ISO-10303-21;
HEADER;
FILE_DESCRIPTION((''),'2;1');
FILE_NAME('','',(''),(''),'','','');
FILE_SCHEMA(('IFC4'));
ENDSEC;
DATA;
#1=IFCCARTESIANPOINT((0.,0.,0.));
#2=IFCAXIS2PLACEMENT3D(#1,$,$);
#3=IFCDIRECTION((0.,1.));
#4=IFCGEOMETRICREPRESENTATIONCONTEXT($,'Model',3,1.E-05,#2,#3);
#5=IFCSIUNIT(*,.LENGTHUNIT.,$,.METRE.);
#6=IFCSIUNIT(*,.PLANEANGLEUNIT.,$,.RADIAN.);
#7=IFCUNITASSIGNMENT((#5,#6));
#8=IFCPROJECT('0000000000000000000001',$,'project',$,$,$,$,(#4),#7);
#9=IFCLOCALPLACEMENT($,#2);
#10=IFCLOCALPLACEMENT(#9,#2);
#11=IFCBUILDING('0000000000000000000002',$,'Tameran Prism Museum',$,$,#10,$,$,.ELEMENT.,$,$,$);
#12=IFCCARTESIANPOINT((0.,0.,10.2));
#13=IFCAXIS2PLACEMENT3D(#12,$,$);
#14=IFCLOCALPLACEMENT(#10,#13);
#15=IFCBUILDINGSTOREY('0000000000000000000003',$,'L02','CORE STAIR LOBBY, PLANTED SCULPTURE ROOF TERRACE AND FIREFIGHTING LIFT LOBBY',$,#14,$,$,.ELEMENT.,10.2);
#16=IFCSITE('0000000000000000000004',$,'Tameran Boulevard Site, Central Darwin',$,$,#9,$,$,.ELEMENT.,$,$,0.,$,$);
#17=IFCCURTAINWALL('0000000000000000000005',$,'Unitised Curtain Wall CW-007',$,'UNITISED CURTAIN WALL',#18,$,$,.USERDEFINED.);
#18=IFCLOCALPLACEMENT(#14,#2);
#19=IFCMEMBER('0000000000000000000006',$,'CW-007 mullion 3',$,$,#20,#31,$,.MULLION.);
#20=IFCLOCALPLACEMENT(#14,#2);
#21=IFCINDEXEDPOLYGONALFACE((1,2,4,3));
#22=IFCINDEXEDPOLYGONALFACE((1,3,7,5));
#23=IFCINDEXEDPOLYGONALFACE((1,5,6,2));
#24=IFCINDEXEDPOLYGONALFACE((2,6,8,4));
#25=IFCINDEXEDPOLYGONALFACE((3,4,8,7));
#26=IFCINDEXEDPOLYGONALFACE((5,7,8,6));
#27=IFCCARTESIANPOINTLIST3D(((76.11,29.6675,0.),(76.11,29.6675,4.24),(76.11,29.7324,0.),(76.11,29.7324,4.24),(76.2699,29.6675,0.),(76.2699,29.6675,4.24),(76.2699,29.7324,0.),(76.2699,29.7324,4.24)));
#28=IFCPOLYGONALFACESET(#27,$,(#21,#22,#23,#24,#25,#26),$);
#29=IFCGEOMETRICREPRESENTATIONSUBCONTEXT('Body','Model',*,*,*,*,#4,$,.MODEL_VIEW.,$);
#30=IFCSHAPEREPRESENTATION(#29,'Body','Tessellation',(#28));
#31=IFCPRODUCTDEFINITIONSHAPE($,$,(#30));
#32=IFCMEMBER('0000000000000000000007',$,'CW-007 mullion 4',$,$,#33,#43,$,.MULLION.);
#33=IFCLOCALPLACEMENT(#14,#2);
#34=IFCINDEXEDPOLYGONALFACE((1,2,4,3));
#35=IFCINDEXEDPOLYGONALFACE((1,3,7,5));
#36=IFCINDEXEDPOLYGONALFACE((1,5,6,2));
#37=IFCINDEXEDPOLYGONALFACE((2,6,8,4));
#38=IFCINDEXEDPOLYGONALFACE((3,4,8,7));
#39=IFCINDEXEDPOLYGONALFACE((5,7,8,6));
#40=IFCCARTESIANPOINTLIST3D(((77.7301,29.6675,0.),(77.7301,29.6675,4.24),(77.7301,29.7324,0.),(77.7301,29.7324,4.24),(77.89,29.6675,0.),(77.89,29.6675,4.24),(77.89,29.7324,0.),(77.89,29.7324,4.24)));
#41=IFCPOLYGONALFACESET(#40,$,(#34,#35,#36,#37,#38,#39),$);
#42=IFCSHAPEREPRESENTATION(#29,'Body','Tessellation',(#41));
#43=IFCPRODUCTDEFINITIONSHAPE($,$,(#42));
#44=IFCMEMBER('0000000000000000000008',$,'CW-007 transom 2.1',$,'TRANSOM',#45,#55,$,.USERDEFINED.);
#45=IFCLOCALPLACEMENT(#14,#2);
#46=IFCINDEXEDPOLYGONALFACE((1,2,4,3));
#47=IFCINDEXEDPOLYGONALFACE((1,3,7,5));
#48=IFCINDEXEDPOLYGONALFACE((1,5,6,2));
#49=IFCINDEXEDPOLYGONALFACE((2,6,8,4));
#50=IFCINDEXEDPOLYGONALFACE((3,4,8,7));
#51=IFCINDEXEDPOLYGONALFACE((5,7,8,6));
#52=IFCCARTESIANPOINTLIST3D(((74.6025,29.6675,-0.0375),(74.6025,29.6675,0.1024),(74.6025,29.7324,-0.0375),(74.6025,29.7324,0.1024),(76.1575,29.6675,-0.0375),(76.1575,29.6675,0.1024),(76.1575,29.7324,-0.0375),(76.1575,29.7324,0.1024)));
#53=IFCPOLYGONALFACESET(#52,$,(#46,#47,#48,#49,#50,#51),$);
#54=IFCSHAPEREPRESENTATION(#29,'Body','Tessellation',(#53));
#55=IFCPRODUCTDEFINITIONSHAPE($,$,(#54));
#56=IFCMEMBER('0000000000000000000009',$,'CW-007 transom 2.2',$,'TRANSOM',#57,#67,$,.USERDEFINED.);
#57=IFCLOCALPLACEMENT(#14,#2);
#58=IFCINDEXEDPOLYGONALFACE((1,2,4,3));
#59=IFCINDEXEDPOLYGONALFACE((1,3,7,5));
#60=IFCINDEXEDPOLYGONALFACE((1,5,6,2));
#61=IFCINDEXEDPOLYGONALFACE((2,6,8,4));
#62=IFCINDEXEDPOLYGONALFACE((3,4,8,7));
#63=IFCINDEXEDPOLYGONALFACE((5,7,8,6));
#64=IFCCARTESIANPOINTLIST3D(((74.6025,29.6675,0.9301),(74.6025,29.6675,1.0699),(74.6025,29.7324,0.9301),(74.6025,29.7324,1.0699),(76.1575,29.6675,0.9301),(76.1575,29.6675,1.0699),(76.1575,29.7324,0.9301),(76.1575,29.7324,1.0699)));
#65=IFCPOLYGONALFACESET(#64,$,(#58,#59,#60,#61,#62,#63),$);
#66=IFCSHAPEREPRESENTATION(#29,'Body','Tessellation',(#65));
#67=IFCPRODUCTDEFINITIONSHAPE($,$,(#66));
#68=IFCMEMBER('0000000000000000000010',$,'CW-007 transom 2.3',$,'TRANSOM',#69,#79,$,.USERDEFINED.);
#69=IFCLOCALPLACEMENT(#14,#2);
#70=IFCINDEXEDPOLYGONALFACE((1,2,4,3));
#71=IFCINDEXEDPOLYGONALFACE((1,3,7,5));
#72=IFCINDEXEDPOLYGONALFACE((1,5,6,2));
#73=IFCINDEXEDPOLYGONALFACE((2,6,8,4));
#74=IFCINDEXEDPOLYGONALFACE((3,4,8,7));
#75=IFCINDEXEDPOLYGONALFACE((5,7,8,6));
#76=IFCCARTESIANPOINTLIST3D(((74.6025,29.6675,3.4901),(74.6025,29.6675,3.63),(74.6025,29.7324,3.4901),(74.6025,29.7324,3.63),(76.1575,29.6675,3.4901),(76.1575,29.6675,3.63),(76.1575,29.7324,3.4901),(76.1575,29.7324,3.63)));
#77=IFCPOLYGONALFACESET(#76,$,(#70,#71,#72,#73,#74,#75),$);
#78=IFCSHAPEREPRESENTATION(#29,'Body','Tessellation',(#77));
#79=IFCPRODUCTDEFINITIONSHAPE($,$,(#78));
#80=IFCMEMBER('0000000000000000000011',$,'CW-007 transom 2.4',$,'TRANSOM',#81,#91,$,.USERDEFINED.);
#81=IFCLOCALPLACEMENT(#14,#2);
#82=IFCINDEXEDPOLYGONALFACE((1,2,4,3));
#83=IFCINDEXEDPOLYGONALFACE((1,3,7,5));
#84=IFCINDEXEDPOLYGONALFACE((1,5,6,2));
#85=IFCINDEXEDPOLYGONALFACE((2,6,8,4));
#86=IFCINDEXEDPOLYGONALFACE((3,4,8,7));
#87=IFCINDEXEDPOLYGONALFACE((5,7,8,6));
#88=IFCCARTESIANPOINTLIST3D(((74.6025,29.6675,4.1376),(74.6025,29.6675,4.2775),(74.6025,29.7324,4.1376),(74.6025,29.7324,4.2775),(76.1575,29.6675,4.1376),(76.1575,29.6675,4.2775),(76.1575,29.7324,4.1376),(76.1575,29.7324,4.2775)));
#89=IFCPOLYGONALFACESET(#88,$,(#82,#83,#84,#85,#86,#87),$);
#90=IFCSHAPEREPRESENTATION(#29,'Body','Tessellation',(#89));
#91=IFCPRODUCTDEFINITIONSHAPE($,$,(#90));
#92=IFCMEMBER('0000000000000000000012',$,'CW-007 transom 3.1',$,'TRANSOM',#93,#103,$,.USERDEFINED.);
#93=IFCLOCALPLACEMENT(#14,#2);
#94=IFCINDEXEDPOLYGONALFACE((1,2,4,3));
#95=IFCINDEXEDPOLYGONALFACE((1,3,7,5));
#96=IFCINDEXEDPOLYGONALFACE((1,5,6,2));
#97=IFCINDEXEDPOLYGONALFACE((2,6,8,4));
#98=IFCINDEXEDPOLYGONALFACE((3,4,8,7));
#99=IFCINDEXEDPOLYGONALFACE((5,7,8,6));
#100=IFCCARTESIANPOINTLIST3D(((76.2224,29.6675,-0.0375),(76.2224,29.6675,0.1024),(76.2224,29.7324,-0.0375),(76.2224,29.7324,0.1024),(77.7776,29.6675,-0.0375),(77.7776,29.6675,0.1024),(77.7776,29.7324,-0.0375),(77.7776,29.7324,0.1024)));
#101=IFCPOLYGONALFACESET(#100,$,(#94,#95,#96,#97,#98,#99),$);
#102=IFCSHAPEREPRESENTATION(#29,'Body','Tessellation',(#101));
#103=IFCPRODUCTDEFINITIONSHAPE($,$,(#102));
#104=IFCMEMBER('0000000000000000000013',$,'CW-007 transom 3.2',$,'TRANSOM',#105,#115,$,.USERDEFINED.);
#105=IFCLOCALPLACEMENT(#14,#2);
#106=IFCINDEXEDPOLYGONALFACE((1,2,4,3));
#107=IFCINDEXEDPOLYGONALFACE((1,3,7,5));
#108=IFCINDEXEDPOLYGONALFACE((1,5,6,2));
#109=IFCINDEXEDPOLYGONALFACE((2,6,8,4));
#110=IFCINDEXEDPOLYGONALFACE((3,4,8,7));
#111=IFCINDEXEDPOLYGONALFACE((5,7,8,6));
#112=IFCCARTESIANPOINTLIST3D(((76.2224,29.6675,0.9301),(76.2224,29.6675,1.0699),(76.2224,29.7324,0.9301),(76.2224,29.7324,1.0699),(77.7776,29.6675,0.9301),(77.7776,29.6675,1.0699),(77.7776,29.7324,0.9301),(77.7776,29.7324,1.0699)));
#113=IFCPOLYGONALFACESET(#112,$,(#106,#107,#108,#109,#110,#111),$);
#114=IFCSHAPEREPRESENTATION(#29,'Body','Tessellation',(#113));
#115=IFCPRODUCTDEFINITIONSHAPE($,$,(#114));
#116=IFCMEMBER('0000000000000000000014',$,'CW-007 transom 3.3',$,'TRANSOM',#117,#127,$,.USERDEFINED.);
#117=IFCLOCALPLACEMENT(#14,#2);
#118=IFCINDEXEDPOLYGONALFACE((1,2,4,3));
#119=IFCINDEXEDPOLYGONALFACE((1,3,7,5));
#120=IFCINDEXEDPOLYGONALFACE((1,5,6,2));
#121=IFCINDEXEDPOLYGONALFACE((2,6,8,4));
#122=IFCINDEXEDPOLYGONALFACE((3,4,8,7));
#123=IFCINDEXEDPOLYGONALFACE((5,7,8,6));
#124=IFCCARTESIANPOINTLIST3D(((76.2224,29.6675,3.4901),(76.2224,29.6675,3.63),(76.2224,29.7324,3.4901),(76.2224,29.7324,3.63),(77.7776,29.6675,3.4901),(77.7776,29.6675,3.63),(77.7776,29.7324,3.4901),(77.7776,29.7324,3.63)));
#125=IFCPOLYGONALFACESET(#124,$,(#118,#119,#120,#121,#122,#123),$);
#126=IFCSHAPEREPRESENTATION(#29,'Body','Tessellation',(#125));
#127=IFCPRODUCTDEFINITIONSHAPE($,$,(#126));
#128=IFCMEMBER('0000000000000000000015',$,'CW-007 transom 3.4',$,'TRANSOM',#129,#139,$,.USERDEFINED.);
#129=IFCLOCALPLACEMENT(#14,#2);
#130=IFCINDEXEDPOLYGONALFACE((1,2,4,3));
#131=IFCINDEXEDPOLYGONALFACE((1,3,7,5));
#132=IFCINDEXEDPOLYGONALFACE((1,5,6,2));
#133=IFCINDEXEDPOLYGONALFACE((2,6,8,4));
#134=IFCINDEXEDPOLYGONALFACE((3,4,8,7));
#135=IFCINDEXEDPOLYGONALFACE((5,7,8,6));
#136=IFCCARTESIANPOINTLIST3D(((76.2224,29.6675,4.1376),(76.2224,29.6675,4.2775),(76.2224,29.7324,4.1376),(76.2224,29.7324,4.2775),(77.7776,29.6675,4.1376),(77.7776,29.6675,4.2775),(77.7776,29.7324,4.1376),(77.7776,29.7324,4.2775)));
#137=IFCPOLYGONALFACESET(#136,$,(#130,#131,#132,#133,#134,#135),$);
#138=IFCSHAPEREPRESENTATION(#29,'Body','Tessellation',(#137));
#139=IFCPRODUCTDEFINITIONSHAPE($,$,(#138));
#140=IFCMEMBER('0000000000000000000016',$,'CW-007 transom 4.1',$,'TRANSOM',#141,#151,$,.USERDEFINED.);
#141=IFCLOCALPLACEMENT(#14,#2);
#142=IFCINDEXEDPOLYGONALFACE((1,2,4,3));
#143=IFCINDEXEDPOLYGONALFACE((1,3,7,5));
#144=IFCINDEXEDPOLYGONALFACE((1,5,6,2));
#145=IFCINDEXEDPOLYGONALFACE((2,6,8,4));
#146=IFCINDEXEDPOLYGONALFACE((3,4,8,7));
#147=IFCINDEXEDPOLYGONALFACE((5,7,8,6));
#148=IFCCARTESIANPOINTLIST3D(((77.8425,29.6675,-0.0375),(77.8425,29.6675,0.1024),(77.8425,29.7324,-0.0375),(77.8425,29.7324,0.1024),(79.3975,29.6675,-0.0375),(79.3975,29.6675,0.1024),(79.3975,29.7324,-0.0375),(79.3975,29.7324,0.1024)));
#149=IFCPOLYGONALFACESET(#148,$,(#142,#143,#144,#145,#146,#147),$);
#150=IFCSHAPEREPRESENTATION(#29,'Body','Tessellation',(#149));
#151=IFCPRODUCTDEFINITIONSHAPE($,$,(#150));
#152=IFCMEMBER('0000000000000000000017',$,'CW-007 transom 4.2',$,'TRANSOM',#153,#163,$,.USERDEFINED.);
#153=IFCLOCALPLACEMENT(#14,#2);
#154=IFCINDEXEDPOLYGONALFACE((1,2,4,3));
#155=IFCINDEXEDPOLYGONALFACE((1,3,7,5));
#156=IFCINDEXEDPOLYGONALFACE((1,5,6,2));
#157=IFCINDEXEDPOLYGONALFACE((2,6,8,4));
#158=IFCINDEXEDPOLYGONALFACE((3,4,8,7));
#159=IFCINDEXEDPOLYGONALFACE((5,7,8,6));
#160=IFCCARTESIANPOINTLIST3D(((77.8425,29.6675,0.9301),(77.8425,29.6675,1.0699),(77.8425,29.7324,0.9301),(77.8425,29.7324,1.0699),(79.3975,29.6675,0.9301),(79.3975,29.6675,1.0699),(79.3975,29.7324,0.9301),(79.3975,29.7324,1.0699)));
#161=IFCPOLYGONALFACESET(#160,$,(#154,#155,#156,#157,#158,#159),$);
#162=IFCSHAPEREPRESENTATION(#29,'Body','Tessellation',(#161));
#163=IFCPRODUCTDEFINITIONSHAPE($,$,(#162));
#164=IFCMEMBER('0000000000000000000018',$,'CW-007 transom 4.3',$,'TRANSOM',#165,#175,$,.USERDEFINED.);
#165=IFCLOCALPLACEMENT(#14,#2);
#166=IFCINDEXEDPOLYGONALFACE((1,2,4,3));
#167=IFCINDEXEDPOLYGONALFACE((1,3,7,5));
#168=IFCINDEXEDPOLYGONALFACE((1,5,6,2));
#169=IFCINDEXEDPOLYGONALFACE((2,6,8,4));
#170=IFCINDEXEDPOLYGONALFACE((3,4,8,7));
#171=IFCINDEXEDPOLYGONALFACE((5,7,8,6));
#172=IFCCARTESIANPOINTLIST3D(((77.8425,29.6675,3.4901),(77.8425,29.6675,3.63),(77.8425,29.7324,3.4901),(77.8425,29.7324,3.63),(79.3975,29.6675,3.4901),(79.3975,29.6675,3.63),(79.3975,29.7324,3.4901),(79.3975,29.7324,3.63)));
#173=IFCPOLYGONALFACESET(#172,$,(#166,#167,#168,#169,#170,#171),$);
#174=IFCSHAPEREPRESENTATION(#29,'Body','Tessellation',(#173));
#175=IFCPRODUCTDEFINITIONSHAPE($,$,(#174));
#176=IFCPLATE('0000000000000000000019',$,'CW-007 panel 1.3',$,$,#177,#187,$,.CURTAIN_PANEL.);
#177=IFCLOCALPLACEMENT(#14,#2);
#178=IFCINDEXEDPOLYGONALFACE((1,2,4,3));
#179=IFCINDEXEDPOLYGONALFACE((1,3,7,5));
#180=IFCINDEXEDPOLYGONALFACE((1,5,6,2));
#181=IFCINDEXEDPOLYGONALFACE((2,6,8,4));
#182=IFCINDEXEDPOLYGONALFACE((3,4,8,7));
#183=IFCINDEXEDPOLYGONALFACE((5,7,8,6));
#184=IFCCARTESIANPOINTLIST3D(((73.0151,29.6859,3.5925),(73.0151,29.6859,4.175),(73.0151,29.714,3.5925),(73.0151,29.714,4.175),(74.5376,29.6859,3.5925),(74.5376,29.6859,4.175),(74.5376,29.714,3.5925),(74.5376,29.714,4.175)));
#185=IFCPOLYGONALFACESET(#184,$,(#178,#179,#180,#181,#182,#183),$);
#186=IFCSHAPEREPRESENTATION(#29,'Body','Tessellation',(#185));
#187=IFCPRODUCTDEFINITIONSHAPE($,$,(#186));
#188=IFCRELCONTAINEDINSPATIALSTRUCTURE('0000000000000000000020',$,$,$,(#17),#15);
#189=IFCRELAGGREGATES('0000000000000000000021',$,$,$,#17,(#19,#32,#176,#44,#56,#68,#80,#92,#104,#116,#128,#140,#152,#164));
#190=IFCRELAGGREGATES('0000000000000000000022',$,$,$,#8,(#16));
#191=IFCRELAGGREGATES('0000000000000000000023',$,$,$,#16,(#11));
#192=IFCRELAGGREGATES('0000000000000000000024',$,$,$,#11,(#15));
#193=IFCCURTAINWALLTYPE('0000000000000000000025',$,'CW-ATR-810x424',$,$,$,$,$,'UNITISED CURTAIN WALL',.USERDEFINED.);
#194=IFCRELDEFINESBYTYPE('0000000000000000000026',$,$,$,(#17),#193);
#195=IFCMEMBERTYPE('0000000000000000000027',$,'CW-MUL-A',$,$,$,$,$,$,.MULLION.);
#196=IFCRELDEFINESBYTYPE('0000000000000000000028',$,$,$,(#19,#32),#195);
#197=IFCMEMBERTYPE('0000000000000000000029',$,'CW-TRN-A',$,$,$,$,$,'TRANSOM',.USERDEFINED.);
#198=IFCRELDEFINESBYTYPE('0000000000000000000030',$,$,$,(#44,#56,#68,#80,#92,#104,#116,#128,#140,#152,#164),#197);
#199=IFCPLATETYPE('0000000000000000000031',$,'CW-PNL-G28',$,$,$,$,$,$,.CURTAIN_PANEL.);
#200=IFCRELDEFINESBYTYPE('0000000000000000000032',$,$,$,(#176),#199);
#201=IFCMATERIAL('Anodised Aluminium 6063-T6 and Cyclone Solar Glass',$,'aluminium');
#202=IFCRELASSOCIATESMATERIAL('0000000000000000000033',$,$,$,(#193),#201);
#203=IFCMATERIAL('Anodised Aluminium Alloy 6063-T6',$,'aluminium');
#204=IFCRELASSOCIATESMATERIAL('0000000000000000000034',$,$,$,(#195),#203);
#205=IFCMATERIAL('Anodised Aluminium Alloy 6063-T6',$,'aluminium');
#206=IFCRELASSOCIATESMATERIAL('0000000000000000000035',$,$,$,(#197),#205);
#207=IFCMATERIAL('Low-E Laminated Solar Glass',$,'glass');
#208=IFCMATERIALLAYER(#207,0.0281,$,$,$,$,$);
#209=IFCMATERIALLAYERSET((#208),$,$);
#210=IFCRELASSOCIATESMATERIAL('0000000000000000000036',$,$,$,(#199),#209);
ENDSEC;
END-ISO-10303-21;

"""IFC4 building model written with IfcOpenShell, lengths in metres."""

from ifc_helpers import new_model, si_unit, direction, frame, origin, origin_2d, place, context, subcontext, project, spatial, rectangle, extrude, material, layer, layer_set, material_profile, profile_set, type_object, element, aggregate, save


model = new_model("IFC4")

# Units and contexts
model_context = context("Model", 3, precision=1e-05, world=origin(), true_north=direction((0.0, 1.0)))
body_context = subcontext(model_context, "Body", "Model", "MODEL_VIEW")
ifc_project = project(units=[si_unit("LENGTHUNIT", "METRE"), si_unit("PLANEANGLEUNIT", "RADIAN")], contexts=[model_context])

# Site, building, storey
site_placement = place(None, origin())
site = spatial("IfcSite", under=ifc_project, at=site_placement, Name="Tameran Boulevard Site, Central Darwin", CompositionType="ELEMENT", RefElevation=0.0)
building_placement = place(site_placement, origin())
building = spatial("IfcBuilding", under=site, at=building_placement, Name="Tameran Prism Museum", CompositionType="ELEMENT")
storey_placement = place(building_placement, frame((0.0, 0.0, 10.2)))
storey = spatial("IfcBuildingStorey", under=building, at=storey_placement, Name="L02", Description="CORE STAIR LOBBY, PLANTED SCULPTURE ROOF TERRACE AND FIREFIGHTING LIFT LOBBY", CompositionType="ELEMENT", Elevation=10.2)

# Curtain wall, members, plate
ifc_material_1 = material(Name="Anodised Aluminium 6063-T6 and Cyclone Solar Glass", Category="aluminium")
curtain_wall_type = type_object("IfcCurtainWallType", Name="CW-ATR-810x424", ElementType="UNITISED CURTAIN WALL", PredefinedType="USERDEFINED", material=ifc_material_1)
curtain_wall_placement = place(storey_placement, origin())
curtain_wall = element("IfcCurtainWall", 1, at=curtain_wall_placement, inside=storey, type_object=curtain_wall_type, Name="Unitised Curtain Wall CW-007", ObjectType="UNITISED CURTAIN WALL", PredefinedType="USERDEFINED")
ifc_material_2 = material(Name="Anodised Aluminium Alloy 6063-T6", Category="aluminium")
ifc_material_profile_1 = material_profile(ifc_material_2, rectangle(XDim=0.0649, YDim=0.1599, at=origin_2d()))
ifc_profile_set_1 = profile_set([ifc_material_profile_1])
member_type_1 = type_object("IfcMemberType", Name="CW-MUL-A", PredefinedType="MULLION", material=ifc_profile_set_1)
member_1_placement = place(storey_placement, frame((76.1899, 29.7, 0.0), z_axis=(0.0, 0.0, 1.0), x_axis=(0.0, 1.0, 0.0)))
member_1 = element("IfcMember", 2, at=member_1_placement, type_object=member_type_1, Name="CW-007 mullion 3", PredefinedType="MULLION", context=body_context, shape_type="SweptSolid", body=[
    extrude(rectangle(XDim=0.0649, YDim=0.1599, at=origin_2d()), origin(), (0.0, 0.0, 1.0), 4.24),
])
member_2_placement = place(storey_placement, frame((77.8101, 29.7, 0.0), z_axis=(0.0, 0.0, 1.0), x_axis=(0.0, 1.0, 0.0)))
member_2 = element("IfcMember", 3, at=member_2_placement, type_object=member_type_1, Name="CW-007 mullion 4", PredefinedType="MULLION", context=body_context, shape_type="SweptSolid", body=[
    extrude(rectangle(XDim=0.0649, YDim=0.1599, at=origin_2d()), origin(), (0.0, 0.0, 1.0), 4.24),
])
ifc_material_3 = material(Name="Anodised Aluminium Alloy 6063-T6", Category="aluminium")
ifc_material_profile_2 = material_profile(ifc_material_3, rectangle(XDim=0.0649, YDim=0.1399, at=origin_2d()))
ifc_profile_set_2 = profile_set([ifc_material_profile_2])
member_type_2 = type_object("IfcMemberType", Name="CW-TRN-A", ElementType="TRANSOM", PredefinedType="USERDEFINED", material=ifc_profile_set_2)
member_3_placement = place(storey_placement, frame((74.6025, 29.7, 0.0325), z_axis=(1.0, 0.0, 0.0), x_axis=(0.0, 1.0, 0.0)))
member_3 = element("IfcMember", 4, at=member_3_placement, type_object=member_type_2, Name="CW-007 transom 2.1", ObjectType="TRANSOM", PredefinedType="USERDEFINED", context=body_context, shape_type="SweptSolid", body=[
    extrude(rectangle(XDim=0.0649, YDim=0.1399, at=origin_2d()), origin(), (0.0, 0.0, 1.0), 1.5549),
])
member_4_placement = place(storey_placement, frame((74.6025, 29.7, 1.0), z_axis=(1.0, 0.0, 0.0), x_axis=(0.0, 1.0, 0.0)))
member_4 = element("IfcMember", 5, at=member_4_placement, type_object=member_type_2, Name="CW-007 transom 2.2", ObjectType="TRANSOM", PredefinedType="USERDEFINED", context=body_context, shape_type="SweptSolid", body=[
    extrude(rectangle(XDim=0.0649, YDim=0.1399, at=origin_2d()), origin(), (0.0, 0.0, 1.0), 1.5549),
])
member_5_placement = place(storey_placement, frame((74.6025, 29.7, 3.5601), z_axis=(1.0, 0.0, 0.0), x_axis=(0.0, 1.0, 0.0)))
member_5 = element("IfcMember", 6, at=member_5_placement, type_object=member_type_2, Name="CW-007 transom 2.3", ObjectType="TRANSOM", PredefinedType="USERDEFINED", context=body_context, shape_type="SweptSolid", body=[
    extrude(rectangle(XDim=0.0649, YDim=0.1399, at=origin_2d()), origin(), (0.0, 0.0, 1.0), 1.5549),
])
member_6_placement = place(storey_placement, frame((74.6025, 29.7, 4.2075), z_axis=(1.0, 0.0, 0.0), x_axis=(0.0, 1.0, 0.0)))
member_6 = element("IfcMember", 7, at=member_6_placement, type_object=member_type_2, Name="CW-007 transom 2.4", ObjectType="TRANSOM", PredefinedType="USERDEFINED", context=body_context, shape_type="SweptSolid", body=[
    extrude(rectangle(XDim=0.0649, YDim=0.1399, at=origin_2d()), origin(), (0.0, 0.0, 1.0), 1.5549),
])
member_7_placement = place(storey_placement, frame((76.2224, 29.7, 0.0325), z_axis=(1.0, 0.0, 0.0), x_axis=(0.0, 1.0, 0.0)))
member_7 = element("IfcMember", 8, at=member_7_placement, type_object=member_type_2, Name="CW-007 transom 3.1", ObjectType="TRANSOM", PredefinedType="USERDEFINED", context=body_context, shape_type="SweptSolid", body=[
    extrude(rectangle(XDim=0.0649, YDim=0.1399, at=origin_2d()), origin(), (0.0, 0.0, 1.0), 1.5552),
])
member_8_placement = place(storey_placement, frame((76.2224, 29.7, 1.0), z_axis=(1.0, 0.0, 0.0), x_axis=(0.0, 1.0, 0.0)))
member_8 = element("IfcMember", 9, at=member_8_placement, type_object=member_type_2, Name="CW-007 transom 3.2", ObjectType="TRANSOM", PredefinedType="USERDEFINED", context=body_context, shape_type="SweptSolid", body=[
    extrude(rectangle(XDim=0.0649, YDim=0.1399, at=origin_2d()), origin(), (0.0, 0.0, 1.0), 1.5552),
])
member_9_placement = place(storey_placement, frame((76.2224, 29.7, 3.5601), z_axis=(1.0, 0.0, 0.0), x_axis=(0.0, 1.0, 0.0)))
member_9 = element("IfcMember", 10, at=member_9_placement, type_object=member_type_2, Name="CW-007 transom 3.3", ObjectType="TRANSOM", PredefinedType="USERDEFINED", context=body_context, shape_type="SweptSolid", body=[
    extrude(rectangle(XDim=0.0649, YDim=0.1399, at=origin_2d()), origin(), (0.0, 0.0, 1.0), 1.5552),
])
member_10_placement = place(storey_placement, frame((76.2224, 29.7, 4.2075), z_axis=(1.0, 0.0, 0.0), x_axis=(0.0, 1.0, 0.0)))
member_10 = element("IfcMember", 11, at=member_10_placement, type_object=member_type_2, Name="CW-007 transom 3.4", ObjectType="TRANSOM", PredefinedType="USERDEFINED", context=body_context, shape_type="SweptSolid", body=[
    extrude(rectangle(XDim=0.0649, YDim=0.1399, at=origin_2d()), origin(), (0.0, 0.0, 1.0), 1.5552),
])
member_11_placement = place(storey_placement, frame((77.8425, 29.7, 0.0325), z_axis=(1.0, 0.0, 0.0), x_axis=(0.0, 1.0, 0.0)))
member_11 = element("IfcMember", 12, at=member_11_placement, type_object=member_type_2, Name="CW-007 transom 4.1", ObjectType="TRANSOM", PredefinedType="USERDEFINED", context=body_context, shape_type="SweptSolid", body=[
    extrude(rectangle(XDim=0.0649, YDim=0.1399, at=origin_2d()), origin(), (0.0, 0.0, 1.0), 1.5549),
])
member_12_placement = place(storey_placement, frame((77.8425, 29.7, 1.0), z_axis=(1.0, 0.0, 0.0), x_axis=(0.0, 1.0, 0.0)))
member_12 = element("IfcMember", 13, at=member_12_placement, type_object=member_type_2, Name="CW-007 transom 4.2", ObjectType="TRANSOM", PredefinedType="USERDEFINED", context=body_context, shape_type="SweptSolid", body=[
    extrude(rectangle(XDim=0.0649, YDim=0.1399, at=origin_2d()), origin(), (0.0, 0.0, 1.0), 1.5549),
])
member_13_placement = place(storey_placement, frame((77.8425, 29.7, 3.5601), z_axis=(1.0, 0.0, 0.0), x_axis=(0.0, 1.0, 0.0)))
member_13 = element("IfcMember", 14, at=member_13_placement, type_object=member_type_2, Name="CW-007 transom 4.3", ObjectType="TRANSOM", PredefinedType="USERDEFINED", context=body_context, shape_type="SweptSolid", body=[
    extrude(rectangle(XDim=0.0649, YDim=0.1399, at=origin_2d()), origin(), (0.0, 0.0, 1.0), 1.5549),
])
ifc_material_4 = material(Name="Low-E Laminated Solar Glass", Category="glass")
ifc_layer_1 = layer(ifc_material_4, 0.0281)
ifc_layer_set_1 = layer_set([ifc_layer_1])
plate_type = type_object("IfcPlateType", Name="CW-PNL-G28", PredefinedType="CURTAIN_PANEL", material=ifc_layer_set_1)
plate_1_placement = place(storey_placement, frame((73.7764, 29.7, 3.5925), z_axis=(0.0, 0.0, 1.0), x_axis=(1.0, 0.0, 0.0)))
plate_1 = element("IfcPlate", 15, at=plate_1_placement, type_object=plate_type, Name="CW-007 panel 1.3", PredefinedType="CURTAIN_PANEL", context=body_context, shape_type="SweptSolid", body=[
    extrude(rectangle(XDim=1.5225, YDim=0.0281, at=origin_2d()), origin(), (0.0, 0.0, 1.0), 0.5825),
])
aggregate(curtain_wall, [member_1, member_2, plate_1, member_3, member_4, member_5, member_6, member_7, member_8, member_9, member_10, member_11, member_12, member_13])

save(model, "model.ifc")
